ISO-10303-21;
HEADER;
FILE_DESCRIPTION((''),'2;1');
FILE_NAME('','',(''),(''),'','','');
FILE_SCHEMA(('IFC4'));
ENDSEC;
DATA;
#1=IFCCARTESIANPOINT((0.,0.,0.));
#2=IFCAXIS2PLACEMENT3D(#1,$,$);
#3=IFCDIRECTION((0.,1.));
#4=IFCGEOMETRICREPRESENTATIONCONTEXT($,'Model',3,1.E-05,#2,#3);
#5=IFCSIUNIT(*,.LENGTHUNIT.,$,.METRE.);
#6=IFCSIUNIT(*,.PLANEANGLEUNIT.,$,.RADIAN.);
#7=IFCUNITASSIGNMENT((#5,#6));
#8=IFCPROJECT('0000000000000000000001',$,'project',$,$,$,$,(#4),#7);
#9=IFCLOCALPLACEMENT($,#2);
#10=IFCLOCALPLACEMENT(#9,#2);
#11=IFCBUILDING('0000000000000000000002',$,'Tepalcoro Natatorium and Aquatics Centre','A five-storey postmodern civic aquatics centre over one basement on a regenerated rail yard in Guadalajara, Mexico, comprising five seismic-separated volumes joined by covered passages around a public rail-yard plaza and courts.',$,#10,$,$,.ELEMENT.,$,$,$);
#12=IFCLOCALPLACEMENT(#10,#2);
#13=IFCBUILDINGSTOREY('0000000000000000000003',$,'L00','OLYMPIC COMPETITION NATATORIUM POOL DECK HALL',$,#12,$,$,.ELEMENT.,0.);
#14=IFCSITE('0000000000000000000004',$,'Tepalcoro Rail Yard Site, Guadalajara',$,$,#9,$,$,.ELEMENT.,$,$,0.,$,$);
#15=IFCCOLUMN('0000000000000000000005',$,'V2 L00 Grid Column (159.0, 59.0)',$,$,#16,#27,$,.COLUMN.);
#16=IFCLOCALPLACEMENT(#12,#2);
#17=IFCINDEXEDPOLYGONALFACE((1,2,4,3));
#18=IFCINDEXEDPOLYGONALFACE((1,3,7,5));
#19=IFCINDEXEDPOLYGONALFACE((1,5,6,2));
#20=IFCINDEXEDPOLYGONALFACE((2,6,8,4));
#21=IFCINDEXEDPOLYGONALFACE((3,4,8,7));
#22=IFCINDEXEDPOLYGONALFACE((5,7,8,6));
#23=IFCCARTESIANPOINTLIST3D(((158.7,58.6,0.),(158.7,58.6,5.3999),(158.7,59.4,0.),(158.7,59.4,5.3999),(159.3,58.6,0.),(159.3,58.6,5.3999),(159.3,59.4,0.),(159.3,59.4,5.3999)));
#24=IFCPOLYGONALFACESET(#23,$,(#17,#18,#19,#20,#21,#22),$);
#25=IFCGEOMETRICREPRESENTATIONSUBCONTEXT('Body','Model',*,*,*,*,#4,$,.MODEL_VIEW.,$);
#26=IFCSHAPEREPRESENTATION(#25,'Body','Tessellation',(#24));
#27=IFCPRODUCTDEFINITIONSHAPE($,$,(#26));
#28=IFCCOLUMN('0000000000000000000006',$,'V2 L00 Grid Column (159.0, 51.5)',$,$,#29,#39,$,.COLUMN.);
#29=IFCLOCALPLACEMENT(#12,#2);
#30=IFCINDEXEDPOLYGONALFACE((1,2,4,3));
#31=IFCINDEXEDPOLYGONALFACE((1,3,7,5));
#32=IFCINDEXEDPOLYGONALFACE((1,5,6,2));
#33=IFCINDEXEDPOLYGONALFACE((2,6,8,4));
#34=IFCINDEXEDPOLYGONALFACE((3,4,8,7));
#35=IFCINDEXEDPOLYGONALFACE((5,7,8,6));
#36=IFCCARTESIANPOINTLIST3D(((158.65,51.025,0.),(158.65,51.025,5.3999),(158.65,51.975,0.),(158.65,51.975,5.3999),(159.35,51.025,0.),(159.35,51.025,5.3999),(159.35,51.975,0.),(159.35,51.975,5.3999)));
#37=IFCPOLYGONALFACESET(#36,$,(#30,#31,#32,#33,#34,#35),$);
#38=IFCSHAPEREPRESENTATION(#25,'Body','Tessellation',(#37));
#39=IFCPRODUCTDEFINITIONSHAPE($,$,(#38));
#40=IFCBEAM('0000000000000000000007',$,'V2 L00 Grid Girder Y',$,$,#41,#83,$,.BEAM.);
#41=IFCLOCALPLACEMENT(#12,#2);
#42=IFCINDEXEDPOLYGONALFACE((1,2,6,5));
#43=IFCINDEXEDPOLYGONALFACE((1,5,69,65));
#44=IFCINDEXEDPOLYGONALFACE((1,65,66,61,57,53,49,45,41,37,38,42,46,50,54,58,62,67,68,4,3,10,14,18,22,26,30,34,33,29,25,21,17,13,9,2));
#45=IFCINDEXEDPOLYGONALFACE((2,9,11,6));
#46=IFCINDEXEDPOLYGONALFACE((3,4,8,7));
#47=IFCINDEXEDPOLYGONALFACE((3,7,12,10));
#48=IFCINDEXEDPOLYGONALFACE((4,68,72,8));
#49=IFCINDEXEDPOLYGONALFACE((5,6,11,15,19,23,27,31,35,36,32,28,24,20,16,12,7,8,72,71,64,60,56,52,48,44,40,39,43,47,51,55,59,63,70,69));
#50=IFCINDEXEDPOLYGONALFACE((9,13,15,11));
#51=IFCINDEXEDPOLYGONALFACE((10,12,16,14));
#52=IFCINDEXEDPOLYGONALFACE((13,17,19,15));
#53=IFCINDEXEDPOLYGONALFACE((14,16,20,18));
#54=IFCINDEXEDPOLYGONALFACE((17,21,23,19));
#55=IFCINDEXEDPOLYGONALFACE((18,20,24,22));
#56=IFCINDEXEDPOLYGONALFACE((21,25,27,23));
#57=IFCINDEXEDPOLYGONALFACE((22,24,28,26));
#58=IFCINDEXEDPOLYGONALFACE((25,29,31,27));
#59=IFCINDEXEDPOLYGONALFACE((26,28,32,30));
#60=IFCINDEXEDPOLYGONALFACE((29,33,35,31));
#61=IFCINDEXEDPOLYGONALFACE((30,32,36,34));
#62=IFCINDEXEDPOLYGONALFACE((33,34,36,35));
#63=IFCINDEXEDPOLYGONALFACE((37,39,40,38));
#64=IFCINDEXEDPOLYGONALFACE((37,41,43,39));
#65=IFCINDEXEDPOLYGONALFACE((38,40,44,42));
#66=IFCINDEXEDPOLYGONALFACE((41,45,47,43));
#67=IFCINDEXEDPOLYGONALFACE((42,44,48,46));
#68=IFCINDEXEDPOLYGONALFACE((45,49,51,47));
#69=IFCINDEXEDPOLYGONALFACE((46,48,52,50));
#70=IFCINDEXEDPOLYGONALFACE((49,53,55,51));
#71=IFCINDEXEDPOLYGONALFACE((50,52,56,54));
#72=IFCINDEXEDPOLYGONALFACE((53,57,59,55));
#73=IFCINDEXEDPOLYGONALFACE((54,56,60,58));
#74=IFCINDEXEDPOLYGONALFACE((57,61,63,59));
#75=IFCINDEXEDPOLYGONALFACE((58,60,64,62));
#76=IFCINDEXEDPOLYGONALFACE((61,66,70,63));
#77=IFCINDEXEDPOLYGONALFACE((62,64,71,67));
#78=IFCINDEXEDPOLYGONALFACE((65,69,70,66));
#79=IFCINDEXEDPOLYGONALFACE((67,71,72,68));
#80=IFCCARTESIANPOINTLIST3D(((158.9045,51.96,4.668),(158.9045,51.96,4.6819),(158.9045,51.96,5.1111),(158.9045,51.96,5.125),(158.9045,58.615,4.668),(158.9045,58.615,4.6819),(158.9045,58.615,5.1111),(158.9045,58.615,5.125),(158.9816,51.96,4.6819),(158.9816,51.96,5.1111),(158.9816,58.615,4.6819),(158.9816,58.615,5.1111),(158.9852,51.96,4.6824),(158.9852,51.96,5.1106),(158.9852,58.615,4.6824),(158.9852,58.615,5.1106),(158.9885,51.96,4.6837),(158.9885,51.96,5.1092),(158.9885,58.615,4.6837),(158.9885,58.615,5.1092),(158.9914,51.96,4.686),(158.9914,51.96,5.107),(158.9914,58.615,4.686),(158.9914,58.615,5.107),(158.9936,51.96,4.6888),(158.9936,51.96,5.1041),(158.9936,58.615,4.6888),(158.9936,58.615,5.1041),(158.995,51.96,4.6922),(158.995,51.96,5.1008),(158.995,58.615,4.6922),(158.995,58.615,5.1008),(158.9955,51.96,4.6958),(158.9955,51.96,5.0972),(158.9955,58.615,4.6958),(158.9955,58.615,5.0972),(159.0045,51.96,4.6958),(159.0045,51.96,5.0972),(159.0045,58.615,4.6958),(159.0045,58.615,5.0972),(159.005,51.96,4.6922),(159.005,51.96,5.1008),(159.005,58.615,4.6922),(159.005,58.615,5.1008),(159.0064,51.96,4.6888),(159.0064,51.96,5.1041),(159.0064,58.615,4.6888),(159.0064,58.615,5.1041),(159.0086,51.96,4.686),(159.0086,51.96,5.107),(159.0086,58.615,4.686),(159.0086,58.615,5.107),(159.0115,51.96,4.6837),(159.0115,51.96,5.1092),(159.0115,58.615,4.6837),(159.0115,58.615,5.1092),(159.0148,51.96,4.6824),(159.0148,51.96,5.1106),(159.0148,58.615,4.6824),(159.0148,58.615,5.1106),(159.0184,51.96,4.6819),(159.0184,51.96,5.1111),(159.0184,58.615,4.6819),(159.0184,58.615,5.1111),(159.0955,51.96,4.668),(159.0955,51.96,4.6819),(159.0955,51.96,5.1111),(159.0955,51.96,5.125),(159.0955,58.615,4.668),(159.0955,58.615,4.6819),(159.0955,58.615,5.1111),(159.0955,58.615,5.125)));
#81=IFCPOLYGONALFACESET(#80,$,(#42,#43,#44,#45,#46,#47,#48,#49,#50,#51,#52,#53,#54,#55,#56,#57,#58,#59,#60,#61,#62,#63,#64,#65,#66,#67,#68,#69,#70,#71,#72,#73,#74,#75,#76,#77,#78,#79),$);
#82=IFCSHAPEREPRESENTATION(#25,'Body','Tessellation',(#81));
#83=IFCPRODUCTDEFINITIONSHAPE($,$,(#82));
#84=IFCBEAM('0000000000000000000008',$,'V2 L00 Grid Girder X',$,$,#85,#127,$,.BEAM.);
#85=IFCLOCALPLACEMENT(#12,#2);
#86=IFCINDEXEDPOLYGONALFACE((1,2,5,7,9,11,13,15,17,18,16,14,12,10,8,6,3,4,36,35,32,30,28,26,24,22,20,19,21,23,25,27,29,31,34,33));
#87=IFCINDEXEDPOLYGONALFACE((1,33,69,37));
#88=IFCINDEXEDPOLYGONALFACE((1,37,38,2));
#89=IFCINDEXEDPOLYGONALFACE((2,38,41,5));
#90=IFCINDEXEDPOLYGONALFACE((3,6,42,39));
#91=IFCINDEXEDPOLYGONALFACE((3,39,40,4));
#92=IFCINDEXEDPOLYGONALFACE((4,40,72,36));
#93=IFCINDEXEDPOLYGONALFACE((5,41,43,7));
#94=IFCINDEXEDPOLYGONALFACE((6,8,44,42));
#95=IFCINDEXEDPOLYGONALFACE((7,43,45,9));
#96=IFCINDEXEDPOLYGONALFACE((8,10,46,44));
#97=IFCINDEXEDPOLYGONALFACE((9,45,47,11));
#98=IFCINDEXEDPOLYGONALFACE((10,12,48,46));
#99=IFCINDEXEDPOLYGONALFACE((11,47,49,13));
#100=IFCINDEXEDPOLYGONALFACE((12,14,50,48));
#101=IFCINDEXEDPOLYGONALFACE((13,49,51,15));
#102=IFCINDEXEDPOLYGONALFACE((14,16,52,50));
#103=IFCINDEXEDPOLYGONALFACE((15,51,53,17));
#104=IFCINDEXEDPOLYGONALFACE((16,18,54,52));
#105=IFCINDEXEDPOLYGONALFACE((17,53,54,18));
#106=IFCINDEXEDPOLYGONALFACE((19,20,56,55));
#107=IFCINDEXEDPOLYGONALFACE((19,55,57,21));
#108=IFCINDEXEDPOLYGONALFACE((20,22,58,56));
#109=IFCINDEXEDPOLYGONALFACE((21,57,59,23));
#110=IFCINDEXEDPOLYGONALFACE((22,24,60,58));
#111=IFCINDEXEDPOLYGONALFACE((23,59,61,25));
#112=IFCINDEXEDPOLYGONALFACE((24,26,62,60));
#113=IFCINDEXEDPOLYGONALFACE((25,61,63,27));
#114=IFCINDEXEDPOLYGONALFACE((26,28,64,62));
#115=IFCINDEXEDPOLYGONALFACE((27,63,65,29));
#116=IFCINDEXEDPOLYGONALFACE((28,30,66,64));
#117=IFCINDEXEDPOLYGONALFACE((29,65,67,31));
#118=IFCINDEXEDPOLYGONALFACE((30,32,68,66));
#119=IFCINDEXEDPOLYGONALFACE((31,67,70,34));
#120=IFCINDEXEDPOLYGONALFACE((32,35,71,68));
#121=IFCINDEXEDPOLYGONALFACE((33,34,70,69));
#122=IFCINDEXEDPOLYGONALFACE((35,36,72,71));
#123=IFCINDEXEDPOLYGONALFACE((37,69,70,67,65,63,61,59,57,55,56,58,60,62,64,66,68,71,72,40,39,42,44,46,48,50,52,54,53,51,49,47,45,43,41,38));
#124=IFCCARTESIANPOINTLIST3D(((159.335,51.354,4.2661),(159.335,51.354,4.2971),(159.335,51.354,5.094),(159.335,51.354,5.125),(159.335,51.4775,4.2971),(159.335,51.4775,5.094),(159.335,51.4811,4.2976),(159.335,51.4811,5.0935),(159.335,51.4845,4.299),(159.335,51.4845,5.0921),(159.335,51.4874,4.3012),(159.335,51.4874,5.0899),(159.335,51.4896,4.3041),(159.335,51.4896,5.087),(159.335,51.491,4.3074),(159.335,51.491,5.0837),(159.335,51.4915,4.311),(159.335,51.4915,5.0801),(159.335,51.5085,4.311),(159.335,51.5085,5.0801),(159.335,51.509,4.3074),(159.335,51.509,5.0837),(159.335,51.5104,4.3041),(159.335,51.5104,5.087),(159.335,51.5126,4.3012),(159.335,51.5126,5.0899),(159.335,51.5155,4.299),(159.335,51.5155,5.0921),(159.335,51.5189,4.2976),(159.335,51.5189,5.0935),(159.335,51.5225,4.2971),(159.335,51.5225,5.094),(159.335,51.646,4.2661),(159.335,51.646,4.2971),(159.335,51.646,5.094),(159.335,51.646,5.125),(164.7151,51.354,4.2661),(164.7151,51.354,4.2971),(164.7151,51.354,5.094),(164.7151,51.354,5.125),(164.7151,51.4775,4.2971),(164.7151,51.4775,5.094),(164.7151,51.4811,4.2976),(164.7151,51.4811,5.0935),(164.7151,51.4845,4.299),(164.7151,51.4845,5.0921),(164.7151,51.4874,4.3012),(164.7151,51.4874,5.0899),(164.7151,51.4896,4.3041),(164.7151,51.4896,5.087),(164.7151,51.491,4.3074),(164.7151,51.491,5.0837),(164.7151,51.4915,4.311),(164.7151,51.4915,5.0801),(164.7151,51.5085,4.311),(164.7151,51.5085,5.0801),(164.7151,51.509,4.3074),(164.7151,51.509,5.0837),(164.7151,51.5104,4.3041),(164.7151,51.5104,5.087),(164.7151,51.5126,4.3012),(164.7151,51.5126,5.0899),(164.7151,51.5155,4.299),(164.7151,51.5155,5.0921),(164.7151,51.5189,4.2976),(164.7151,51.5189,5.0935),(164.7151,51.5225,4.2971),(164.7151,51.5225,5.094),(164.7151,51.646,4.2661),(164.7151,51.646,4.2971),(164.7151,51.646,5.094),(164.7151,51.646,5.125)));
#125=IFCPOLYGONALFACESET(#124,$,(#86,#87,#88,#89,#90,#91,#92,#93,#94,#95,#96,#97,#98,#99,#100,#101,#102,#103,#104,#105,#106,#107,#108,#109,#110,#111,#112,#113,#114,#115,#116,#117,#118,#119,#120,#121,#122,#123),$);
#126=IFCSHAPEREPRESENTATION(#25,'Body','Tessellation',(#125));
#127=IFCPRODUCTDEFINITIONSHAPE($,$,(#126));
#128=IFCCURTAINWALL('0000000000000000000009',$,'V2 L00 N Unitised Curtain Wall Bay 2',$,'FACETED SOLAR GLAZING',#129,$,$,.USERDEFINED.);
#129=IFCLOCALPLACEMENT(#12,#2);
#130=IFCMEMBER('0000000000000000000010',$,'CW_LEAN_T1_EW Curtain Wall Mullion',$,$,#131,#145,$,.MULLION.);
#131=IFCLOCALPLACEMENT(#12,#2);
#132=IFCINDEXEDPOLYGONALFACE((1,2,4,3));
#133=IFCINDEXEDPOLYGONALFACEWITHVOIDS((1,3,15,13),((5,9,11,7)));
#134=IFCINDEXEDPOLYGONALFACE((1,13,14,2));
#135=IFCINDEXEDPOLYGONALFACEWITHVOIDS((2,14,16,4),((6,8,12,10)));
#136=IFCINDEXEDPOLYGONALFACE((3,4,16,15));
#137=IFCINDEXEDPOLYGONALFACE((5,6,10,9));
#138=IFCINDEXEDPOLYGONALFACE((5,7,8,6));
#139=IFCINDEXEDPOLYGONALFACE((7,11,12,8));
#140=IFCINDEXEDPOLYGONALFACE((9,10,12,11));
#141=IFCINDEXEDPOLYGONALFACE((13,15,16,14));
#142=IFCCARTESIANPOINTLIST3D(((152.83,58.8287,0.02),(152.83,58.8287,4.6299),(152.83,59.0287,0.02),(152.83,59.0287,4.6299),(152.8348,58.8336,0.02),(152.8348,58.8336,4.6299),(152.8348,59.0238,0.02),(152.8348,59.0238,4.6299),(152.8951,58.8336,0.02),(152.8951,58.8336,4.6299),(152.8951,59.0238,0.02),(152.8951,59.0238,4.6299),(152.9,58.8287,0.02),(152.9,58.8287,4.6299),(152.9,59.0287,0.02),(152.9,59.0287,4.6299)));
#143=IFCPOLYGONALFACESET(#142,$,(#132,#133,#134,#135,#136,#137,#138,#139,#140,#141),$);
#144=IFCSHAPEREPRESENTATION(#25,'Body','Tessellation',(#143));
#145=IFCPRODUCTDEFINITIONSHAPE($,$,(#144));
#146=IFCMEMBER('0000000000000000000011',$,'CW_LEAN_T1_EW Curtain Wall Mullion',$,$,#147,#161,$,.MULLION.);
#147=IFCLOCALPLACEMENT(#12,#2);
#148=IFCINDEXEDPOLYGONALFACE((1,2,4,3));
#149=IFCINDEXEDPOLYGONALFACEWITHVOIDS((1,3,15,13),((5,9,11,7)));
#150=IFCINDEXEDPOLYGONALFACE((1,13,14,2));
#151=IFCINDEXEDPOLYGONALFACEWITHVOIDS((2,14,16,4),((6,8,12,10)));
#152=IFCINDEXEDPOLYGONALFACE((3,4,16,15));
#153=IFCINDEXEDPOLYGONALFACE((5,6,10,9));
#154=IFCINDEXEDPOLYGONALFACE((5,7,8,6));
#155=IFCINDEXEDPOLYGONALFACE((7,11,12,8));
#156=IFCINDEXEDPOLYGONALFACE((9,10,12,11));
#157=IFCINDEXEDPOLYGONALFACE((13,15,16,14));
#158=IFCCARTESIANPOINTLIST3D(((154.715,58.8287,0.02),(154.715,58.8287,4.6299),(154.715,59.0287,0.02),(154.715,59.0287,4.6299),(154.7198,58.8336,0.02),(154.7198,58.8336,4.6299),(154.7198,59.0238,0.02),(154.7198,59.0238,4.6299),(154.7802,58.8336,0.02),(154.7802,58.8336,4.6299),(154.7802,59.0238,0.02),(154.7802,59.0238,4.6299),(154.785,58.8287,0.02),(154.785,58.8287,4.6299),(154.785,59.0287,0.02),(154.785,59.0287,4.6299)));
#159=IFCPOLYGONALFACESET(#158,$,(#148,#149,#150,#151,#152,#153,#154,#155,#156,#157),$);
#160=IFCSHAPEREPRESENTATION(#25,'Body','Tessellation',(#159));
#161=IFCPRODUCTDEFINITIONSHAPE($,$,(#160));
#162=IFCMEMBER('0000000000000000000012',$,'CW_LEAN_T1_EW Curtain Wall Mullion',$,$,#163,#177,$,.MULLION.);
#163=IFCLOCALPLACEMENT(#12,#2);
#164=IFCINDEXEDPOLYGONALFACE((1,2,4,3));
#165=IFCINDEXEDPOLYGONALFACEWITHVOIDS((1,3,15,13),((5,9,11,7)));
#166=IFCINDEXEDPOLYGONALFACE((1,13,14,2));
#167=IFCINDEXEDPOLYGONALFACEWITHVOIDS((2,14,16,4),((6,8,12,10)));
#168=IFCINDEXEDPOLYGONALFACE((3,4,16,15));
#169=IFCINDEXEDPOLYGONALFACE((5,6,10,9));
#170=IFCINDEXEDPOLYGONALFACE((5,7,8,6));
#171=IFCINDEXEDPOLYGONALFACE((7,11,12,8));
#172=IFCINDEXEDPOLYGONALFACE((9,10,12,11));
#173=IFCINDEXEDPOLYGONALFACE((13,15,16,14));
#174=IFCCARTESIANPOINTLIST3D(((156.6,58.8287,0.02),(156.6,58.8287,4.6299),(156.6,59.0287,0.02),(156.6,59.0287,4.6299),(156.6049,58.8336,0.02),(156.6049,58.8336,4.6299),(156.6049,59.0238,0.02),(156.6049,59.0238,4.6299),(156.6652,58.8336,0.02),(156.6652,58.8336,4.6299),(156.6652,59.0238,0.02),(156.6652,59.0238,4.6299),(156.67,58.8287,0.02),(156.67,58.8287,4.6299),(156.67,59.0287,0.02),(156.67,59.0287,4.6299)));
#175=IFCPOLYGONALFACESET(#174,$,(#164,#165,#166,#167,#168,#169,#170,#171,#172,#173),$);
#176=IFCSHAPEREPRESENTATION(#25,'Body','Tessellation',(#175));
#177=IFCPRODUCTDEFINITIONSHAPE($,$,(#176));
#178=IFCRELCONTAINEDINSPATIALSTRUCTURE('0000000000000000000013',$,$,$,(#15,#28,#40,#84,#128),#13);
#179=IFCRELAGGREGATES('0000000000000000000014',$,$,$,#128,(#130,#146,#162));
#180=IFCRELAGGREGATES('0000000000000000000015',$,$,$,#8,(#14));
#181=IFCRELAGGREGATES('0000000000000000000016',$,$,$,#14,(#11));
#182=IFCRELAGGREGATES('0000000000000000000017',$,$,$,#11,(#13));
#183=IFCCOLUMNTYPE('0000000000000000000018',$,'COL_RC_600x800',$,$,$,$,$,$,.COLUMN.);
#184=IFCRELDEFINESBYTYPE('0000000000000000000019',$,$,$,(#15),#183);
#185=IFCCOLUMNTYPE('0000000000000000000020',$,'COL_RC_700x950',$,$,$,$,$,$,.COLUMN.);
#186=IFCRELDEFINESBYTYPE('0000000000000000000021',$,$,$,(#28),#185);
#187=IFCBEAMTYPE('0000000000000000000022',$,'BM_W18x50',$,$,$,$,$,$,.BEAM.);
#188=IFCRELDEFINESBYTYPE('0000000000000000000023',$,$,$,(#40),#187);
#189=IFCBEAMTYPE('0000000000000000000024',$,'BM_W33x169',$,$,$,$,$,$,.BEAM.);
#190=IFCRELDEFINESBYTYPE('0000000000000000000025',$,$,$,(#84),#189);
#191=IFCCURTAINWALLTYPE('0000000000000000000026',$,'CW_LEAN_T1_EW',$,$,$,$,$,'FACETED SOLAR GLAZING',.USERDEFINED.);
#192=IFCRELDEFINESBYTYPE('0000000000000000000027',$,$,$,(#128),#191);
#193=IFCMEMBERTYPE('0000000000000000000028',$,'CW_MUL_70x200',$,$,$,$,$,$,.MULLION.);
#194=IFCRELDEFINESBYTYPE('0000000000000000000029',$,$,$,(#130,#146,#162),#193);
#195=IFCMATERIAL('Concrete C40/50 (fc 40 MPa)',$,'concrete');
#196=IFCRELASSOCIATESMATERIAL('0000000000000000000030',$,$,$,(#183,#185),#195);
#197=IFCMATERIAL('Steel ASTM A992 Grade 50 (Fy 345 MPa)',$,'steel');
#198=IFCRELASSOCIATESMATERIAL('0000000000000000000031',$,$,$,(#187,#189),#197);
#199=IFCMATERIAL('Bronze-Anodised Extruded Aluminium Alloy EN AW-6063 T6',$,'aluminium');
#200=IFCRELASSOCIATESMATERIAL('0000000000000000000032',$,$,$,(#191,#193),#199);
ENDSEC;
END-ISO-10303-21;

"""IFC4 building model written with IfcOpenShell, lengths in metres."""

from ifc_helpers import new_model, si_unit, direction, frame, origin, origin_2d, place, context, subcontext, project, spatial, rectangle, hollow_rectangle, i_section, extrude, material, material_profile, profile_set, type_object, element, aggregate, save


model = new_model("IFC4")

# Units and contexts
model_context = context("Model", 3, precision=1e-05, world=origin(), true_north=direction((0.0, 1.0)))
body_context = subcontext(model_context, "Body", "Model", "MODEL_VIEW")
ifc_project = project(units=[si_unit("LENGTHUNIT", "METRE"), si_unit("PLANEANGLEUNIT", "RADIAN")], contexts=[model_context])

# Site, building, storey
site_placement = place(None, origin())
site = spatial("IfcSite", under=ifc_project, at=site_placement, Name="Tepalcoro Rail Yard Site, Guadalajara", CompositionType="ELEMENT", RefElevation=0.0)
building_placement = place(site_placement, origin())
building = spatial("IfcBuilding", under=site, at=building_placement, Name="Tepalcoro Natatorium and Aquatics Centre", Description="A five-storey postmodern civic aquatics centre over one basement on a regenerated rail yard in Guadalajara, Mexico, comprising five seismic-separated volumes joined by covered passages around a public rail-yard plaza and courts.", CompositionType="ELEMENT")
storey_placement = place(building_placement, origin())
storey = spatial("IfcBuildingStorey", under=building, at=storey_placement, Name="L00", Description="OLYMPIC COMPETITION NATATORIUM POOL DECK HALL", CompositionType="ELEMENT", Elevation=0.0)

# Columns
ifc_material_1 = material(Name="Concrete C40/50 (fc 40 MPa)", Category="concrete")
ifc_material_profile_1 = material_profile(ifc_material_1, rectangle(XDim=0.6001, YDim=0.8, at=origin_2d()), Name="RC600x800")
ifc_profile_set_1 = profile_set([ifc_material_profile_1], Name="Concrete C40/50 (fc 40 MPa)")
column_type_1 = type_object("IfcColumnType", Name="COL_RC_600x800", PredefinedType="COLUMN", material=ifc_profile_set_1)
column_1_placement = place(storey_placement, frame((159.0, 59.0, 0.0), z_axis=(0.0, 0.0, 1.0), x_axis=(1.0, 0.0, 0.0)))
element("IfcColumn", 1, at=column_1_placement, inside=storey, type_object=column_type_1, Name="V2 L00 Grid Column (159.0, 59.0)", PredefinedType="COLUMN", context=body_context, shape_type="SweptSolid", body=[
    extrude(rectangle(XDim=0.6001, YDim=0.8, at=origin_2d()), origin(), (0.0, 0.0, 1.0), 5.3999),
])
ifc_material_profile_2 = material_profile(ifc_material_1, rectangle(XDim=0.7, YDim=0.95, at=origin_2d()), Name="RC700x950")
ifc_profile_set_2 = profile_set([ifc_material_profile_2], Name="Concrete C40/50 (fc 40 MPa)")
column_type_2 = type_object("IfcColumnType", Name="COL_RC_700x950", PredefinedType="COLUMN", material=ifc_profile_set_2)
column_2_placement = place(storey_placement, frame((159.0, 51.5, 0.0), z_axis=(0.0, 0.0, 1.0), x_axis=(1.0, 0.0, 0.0)))
element("IfcColumn", 2, at=column_2_placement, inside=storey, type_object=column_type_2, Name="V2 L00 Grid Column (159.0, 51.5)", PredefinedType="COLUMN", context=body_context, shape_type="SweptSolid", body=[
    extrude(rectangle(XDim=0.7, YDim=0.95, at=origin_2d()), origin(), (0.0, 0.0, 1.0), 5.3999),
])

# Beams
ifc_material_2 = material(Name="Steel ASTM A992 Grade 50 (Fy 345 MPa)", Category="steel")
ifc_material_profile_3 = material_profile(ifc_material_2, i_section(OverallWidth=0.1909, OverallDepth=0.457, WebThickness=0.009, FlangeThickness=0.0139, FilletRadius=0.0139, at=origin_2d()), Name="W18X50")
ifc_profile_set_3 = profile_set([ifc_material_profile_3], Name="Steel ASTM A992 Grade 50 (Fy 345 MPa)")
beam_type_1 = type_object("IfcBeamType", Name="BM_W18x50", PredefinedType="BEAM", material=ifc_profile_set_3)
beam_1_placement = place(storey_placement, frame((159.0, 51.96, 4.8965), z_axis=(0.0, 1.0, 0.0), x_axis=(-1.0, 0.0, 0.0)))
element("IfcBeam", 3, at=beam_1_placement, inside=storey, type_object=beam_type_1, Name="V2 L00 Grid Girder Y", PredefinedType="BEAM", context=body_context, shape_type="SweptSolid", body=[
    extrude(i_section(OverallWidth=0.1909, OverallDepth=0.457, WebThickness=0.009, FlangeThickness=0.0139, FilletRadius=0.0139, at=origin_2d()), origin(), (0.0, 0.0, 1.0), 6.655),
])
ifc_material_profile_4 = material_profile(ifc_material_2, i_section(OverallWidth=0.292, OverallDepth=0.8589, WebThickness=0.0171, FlangeThickness=0.031, FilletRadius=0.0139, at=origin_2d()), Name="W33X169")
ifc_profile_set_4 = profile_set([ifc_material_profile_4], Name="Steel ASTM A992 Grade 50 (Fy 345 MPa)")
beam_type_2 = type_object("IfcBeamType", Name="BM_W33x169", PredefinedType="BEAM", material=ifc_profile_set_4)
beam_2_placement = place(storey_placement, frame((159.335, 51.5, 4.6956), z_axis=(1.0, 0.0, 0.0), x_axis=(0.0, 1.0, 0.0)))
element("IfcBeam", 4, at=beam_2_placement, inside=storey, type_object=beam_type_2, Name="V2 L00 Grid Girder X", PredefinedType="BEAM", context=body_context, shape_type="SweptSolid", body=[
    extrude(i_section(OverallWidth=0.292, OverallDepth=0.8589, WebThickness=0.0171, FlangeThickness=0.031, FilletRadius=0.0139, at=origin_2d()), origin(), (0.0, 0.0, 1.0), 5.3801),
])

# Curtain wall, members
ifc_material_3 = material(Name="Bronze-Anodised Extruded Aluminium Alloy EN AW-6063 T6", Category="aluminium")
curtain_wall_type_1 = type_object("IfcCurtainWallType", Name="CW_LEAN_T1_EW", ElementType="FACETED SOLAR GLAZING", PredefinedType="USERDEFINED", material=ifc_material_3)
curtain_wall_1_placement = place(storey_placement, origin())
curtain_wall_1 = element("IfcCurtainWall", 5, at=curtain_wall_1_placement, inside=storey, type_object=curtain_wall_type_1, Name="V2 L00 N Unitised Curtain Wall Bay 2", ObjectType="FACETED SOLAR GLAZING", PredefinedType="USERDEFINED")
ifc_material_profile_5 = material_profile(ifc_material_3, hollow_rectangle(XDim=0.0701, YDim=0.2, WallThickness=0.0049, at=origin_2d()), Name="AL70X200X5")
ifc_profile_set_5 = profile_set([ifc_material_profile_5], Name="Bronze-Anodised Extruded Aluminium Alloy EN AW-6063 T6")
member_type_1 = type_object("IfcMemberType", Name="CW_MUL_70x200", PredefinedType="MULLION", material=ifc_profile_set_5)
member_1_placement = place(storey_placement, frame((152.865, 58.9287, 0.02), z_axis=(0.0, 0.0, 1.0), x_axis=(1.0, 0.0, 0.0)))
member_1 = element("IfcMember", 6, at=member_1_placement, type_object=member_type_1, Name="CW_LEAN_T1_EW Curtain Wall Mullion", PredefinedType="MULLION", context=body_context, shape_type="SweptSolid", body=[
    extrude(hollow_rectangle(XDim=0.0701, YDim=0.2, WallThickness=0.0049, at=origin_2d()), origin(), (0.0, 0.0, 1.0), 4.6099),
])
member_2_placement = place(storey_placement, frame((154.75, 58.9287, 0.02), z_axis=(0.0, 0.0, 1.0), x_axis=(1.0, 0.0, 0.0)))
member_2 = element("IfcMember", 7, at=member_2_placement, type_object=member_type_1, Name="CW_LEAN_T1_EW Curtain Wall Mullion", PredefinedType="MULLION", context=body_context, shape_type="SweptSolid", body=[
    extrude(hollow_rectangle(XDim=0.0701, YDim=0.2, WallThickness=0.0049, at=origin_2d()), origin(), (0.0, 0.0, 1.0), 4.6099),
])
member_3_placement = place(storey_placement, frame((156.635, 58.9287, 0.02), z_axis=(0.0, 0.0, 1.0), x_axis=(1.0, 0.0, 0.0)))
member_3 = element("IfcMember", 8, at=member_3_placement, type_object=member_type_1, Name="CW_LEAN_T1_EW Curtain Wall Mullion", PredefinedType="MULLION", context=body_context, shape_type="SweptSolid", body=[
    extrude(hollow_rectangle(XDim=0.0701, YDim=0.2, WallThickness=0.0049, at=origin_2d()), origin(), (0.0, 0.0, 1.0), 4.6099),
])

aggregate(curtain_wall_1, [member_1, member_2, member_3])

save(model, "model.ifc")
